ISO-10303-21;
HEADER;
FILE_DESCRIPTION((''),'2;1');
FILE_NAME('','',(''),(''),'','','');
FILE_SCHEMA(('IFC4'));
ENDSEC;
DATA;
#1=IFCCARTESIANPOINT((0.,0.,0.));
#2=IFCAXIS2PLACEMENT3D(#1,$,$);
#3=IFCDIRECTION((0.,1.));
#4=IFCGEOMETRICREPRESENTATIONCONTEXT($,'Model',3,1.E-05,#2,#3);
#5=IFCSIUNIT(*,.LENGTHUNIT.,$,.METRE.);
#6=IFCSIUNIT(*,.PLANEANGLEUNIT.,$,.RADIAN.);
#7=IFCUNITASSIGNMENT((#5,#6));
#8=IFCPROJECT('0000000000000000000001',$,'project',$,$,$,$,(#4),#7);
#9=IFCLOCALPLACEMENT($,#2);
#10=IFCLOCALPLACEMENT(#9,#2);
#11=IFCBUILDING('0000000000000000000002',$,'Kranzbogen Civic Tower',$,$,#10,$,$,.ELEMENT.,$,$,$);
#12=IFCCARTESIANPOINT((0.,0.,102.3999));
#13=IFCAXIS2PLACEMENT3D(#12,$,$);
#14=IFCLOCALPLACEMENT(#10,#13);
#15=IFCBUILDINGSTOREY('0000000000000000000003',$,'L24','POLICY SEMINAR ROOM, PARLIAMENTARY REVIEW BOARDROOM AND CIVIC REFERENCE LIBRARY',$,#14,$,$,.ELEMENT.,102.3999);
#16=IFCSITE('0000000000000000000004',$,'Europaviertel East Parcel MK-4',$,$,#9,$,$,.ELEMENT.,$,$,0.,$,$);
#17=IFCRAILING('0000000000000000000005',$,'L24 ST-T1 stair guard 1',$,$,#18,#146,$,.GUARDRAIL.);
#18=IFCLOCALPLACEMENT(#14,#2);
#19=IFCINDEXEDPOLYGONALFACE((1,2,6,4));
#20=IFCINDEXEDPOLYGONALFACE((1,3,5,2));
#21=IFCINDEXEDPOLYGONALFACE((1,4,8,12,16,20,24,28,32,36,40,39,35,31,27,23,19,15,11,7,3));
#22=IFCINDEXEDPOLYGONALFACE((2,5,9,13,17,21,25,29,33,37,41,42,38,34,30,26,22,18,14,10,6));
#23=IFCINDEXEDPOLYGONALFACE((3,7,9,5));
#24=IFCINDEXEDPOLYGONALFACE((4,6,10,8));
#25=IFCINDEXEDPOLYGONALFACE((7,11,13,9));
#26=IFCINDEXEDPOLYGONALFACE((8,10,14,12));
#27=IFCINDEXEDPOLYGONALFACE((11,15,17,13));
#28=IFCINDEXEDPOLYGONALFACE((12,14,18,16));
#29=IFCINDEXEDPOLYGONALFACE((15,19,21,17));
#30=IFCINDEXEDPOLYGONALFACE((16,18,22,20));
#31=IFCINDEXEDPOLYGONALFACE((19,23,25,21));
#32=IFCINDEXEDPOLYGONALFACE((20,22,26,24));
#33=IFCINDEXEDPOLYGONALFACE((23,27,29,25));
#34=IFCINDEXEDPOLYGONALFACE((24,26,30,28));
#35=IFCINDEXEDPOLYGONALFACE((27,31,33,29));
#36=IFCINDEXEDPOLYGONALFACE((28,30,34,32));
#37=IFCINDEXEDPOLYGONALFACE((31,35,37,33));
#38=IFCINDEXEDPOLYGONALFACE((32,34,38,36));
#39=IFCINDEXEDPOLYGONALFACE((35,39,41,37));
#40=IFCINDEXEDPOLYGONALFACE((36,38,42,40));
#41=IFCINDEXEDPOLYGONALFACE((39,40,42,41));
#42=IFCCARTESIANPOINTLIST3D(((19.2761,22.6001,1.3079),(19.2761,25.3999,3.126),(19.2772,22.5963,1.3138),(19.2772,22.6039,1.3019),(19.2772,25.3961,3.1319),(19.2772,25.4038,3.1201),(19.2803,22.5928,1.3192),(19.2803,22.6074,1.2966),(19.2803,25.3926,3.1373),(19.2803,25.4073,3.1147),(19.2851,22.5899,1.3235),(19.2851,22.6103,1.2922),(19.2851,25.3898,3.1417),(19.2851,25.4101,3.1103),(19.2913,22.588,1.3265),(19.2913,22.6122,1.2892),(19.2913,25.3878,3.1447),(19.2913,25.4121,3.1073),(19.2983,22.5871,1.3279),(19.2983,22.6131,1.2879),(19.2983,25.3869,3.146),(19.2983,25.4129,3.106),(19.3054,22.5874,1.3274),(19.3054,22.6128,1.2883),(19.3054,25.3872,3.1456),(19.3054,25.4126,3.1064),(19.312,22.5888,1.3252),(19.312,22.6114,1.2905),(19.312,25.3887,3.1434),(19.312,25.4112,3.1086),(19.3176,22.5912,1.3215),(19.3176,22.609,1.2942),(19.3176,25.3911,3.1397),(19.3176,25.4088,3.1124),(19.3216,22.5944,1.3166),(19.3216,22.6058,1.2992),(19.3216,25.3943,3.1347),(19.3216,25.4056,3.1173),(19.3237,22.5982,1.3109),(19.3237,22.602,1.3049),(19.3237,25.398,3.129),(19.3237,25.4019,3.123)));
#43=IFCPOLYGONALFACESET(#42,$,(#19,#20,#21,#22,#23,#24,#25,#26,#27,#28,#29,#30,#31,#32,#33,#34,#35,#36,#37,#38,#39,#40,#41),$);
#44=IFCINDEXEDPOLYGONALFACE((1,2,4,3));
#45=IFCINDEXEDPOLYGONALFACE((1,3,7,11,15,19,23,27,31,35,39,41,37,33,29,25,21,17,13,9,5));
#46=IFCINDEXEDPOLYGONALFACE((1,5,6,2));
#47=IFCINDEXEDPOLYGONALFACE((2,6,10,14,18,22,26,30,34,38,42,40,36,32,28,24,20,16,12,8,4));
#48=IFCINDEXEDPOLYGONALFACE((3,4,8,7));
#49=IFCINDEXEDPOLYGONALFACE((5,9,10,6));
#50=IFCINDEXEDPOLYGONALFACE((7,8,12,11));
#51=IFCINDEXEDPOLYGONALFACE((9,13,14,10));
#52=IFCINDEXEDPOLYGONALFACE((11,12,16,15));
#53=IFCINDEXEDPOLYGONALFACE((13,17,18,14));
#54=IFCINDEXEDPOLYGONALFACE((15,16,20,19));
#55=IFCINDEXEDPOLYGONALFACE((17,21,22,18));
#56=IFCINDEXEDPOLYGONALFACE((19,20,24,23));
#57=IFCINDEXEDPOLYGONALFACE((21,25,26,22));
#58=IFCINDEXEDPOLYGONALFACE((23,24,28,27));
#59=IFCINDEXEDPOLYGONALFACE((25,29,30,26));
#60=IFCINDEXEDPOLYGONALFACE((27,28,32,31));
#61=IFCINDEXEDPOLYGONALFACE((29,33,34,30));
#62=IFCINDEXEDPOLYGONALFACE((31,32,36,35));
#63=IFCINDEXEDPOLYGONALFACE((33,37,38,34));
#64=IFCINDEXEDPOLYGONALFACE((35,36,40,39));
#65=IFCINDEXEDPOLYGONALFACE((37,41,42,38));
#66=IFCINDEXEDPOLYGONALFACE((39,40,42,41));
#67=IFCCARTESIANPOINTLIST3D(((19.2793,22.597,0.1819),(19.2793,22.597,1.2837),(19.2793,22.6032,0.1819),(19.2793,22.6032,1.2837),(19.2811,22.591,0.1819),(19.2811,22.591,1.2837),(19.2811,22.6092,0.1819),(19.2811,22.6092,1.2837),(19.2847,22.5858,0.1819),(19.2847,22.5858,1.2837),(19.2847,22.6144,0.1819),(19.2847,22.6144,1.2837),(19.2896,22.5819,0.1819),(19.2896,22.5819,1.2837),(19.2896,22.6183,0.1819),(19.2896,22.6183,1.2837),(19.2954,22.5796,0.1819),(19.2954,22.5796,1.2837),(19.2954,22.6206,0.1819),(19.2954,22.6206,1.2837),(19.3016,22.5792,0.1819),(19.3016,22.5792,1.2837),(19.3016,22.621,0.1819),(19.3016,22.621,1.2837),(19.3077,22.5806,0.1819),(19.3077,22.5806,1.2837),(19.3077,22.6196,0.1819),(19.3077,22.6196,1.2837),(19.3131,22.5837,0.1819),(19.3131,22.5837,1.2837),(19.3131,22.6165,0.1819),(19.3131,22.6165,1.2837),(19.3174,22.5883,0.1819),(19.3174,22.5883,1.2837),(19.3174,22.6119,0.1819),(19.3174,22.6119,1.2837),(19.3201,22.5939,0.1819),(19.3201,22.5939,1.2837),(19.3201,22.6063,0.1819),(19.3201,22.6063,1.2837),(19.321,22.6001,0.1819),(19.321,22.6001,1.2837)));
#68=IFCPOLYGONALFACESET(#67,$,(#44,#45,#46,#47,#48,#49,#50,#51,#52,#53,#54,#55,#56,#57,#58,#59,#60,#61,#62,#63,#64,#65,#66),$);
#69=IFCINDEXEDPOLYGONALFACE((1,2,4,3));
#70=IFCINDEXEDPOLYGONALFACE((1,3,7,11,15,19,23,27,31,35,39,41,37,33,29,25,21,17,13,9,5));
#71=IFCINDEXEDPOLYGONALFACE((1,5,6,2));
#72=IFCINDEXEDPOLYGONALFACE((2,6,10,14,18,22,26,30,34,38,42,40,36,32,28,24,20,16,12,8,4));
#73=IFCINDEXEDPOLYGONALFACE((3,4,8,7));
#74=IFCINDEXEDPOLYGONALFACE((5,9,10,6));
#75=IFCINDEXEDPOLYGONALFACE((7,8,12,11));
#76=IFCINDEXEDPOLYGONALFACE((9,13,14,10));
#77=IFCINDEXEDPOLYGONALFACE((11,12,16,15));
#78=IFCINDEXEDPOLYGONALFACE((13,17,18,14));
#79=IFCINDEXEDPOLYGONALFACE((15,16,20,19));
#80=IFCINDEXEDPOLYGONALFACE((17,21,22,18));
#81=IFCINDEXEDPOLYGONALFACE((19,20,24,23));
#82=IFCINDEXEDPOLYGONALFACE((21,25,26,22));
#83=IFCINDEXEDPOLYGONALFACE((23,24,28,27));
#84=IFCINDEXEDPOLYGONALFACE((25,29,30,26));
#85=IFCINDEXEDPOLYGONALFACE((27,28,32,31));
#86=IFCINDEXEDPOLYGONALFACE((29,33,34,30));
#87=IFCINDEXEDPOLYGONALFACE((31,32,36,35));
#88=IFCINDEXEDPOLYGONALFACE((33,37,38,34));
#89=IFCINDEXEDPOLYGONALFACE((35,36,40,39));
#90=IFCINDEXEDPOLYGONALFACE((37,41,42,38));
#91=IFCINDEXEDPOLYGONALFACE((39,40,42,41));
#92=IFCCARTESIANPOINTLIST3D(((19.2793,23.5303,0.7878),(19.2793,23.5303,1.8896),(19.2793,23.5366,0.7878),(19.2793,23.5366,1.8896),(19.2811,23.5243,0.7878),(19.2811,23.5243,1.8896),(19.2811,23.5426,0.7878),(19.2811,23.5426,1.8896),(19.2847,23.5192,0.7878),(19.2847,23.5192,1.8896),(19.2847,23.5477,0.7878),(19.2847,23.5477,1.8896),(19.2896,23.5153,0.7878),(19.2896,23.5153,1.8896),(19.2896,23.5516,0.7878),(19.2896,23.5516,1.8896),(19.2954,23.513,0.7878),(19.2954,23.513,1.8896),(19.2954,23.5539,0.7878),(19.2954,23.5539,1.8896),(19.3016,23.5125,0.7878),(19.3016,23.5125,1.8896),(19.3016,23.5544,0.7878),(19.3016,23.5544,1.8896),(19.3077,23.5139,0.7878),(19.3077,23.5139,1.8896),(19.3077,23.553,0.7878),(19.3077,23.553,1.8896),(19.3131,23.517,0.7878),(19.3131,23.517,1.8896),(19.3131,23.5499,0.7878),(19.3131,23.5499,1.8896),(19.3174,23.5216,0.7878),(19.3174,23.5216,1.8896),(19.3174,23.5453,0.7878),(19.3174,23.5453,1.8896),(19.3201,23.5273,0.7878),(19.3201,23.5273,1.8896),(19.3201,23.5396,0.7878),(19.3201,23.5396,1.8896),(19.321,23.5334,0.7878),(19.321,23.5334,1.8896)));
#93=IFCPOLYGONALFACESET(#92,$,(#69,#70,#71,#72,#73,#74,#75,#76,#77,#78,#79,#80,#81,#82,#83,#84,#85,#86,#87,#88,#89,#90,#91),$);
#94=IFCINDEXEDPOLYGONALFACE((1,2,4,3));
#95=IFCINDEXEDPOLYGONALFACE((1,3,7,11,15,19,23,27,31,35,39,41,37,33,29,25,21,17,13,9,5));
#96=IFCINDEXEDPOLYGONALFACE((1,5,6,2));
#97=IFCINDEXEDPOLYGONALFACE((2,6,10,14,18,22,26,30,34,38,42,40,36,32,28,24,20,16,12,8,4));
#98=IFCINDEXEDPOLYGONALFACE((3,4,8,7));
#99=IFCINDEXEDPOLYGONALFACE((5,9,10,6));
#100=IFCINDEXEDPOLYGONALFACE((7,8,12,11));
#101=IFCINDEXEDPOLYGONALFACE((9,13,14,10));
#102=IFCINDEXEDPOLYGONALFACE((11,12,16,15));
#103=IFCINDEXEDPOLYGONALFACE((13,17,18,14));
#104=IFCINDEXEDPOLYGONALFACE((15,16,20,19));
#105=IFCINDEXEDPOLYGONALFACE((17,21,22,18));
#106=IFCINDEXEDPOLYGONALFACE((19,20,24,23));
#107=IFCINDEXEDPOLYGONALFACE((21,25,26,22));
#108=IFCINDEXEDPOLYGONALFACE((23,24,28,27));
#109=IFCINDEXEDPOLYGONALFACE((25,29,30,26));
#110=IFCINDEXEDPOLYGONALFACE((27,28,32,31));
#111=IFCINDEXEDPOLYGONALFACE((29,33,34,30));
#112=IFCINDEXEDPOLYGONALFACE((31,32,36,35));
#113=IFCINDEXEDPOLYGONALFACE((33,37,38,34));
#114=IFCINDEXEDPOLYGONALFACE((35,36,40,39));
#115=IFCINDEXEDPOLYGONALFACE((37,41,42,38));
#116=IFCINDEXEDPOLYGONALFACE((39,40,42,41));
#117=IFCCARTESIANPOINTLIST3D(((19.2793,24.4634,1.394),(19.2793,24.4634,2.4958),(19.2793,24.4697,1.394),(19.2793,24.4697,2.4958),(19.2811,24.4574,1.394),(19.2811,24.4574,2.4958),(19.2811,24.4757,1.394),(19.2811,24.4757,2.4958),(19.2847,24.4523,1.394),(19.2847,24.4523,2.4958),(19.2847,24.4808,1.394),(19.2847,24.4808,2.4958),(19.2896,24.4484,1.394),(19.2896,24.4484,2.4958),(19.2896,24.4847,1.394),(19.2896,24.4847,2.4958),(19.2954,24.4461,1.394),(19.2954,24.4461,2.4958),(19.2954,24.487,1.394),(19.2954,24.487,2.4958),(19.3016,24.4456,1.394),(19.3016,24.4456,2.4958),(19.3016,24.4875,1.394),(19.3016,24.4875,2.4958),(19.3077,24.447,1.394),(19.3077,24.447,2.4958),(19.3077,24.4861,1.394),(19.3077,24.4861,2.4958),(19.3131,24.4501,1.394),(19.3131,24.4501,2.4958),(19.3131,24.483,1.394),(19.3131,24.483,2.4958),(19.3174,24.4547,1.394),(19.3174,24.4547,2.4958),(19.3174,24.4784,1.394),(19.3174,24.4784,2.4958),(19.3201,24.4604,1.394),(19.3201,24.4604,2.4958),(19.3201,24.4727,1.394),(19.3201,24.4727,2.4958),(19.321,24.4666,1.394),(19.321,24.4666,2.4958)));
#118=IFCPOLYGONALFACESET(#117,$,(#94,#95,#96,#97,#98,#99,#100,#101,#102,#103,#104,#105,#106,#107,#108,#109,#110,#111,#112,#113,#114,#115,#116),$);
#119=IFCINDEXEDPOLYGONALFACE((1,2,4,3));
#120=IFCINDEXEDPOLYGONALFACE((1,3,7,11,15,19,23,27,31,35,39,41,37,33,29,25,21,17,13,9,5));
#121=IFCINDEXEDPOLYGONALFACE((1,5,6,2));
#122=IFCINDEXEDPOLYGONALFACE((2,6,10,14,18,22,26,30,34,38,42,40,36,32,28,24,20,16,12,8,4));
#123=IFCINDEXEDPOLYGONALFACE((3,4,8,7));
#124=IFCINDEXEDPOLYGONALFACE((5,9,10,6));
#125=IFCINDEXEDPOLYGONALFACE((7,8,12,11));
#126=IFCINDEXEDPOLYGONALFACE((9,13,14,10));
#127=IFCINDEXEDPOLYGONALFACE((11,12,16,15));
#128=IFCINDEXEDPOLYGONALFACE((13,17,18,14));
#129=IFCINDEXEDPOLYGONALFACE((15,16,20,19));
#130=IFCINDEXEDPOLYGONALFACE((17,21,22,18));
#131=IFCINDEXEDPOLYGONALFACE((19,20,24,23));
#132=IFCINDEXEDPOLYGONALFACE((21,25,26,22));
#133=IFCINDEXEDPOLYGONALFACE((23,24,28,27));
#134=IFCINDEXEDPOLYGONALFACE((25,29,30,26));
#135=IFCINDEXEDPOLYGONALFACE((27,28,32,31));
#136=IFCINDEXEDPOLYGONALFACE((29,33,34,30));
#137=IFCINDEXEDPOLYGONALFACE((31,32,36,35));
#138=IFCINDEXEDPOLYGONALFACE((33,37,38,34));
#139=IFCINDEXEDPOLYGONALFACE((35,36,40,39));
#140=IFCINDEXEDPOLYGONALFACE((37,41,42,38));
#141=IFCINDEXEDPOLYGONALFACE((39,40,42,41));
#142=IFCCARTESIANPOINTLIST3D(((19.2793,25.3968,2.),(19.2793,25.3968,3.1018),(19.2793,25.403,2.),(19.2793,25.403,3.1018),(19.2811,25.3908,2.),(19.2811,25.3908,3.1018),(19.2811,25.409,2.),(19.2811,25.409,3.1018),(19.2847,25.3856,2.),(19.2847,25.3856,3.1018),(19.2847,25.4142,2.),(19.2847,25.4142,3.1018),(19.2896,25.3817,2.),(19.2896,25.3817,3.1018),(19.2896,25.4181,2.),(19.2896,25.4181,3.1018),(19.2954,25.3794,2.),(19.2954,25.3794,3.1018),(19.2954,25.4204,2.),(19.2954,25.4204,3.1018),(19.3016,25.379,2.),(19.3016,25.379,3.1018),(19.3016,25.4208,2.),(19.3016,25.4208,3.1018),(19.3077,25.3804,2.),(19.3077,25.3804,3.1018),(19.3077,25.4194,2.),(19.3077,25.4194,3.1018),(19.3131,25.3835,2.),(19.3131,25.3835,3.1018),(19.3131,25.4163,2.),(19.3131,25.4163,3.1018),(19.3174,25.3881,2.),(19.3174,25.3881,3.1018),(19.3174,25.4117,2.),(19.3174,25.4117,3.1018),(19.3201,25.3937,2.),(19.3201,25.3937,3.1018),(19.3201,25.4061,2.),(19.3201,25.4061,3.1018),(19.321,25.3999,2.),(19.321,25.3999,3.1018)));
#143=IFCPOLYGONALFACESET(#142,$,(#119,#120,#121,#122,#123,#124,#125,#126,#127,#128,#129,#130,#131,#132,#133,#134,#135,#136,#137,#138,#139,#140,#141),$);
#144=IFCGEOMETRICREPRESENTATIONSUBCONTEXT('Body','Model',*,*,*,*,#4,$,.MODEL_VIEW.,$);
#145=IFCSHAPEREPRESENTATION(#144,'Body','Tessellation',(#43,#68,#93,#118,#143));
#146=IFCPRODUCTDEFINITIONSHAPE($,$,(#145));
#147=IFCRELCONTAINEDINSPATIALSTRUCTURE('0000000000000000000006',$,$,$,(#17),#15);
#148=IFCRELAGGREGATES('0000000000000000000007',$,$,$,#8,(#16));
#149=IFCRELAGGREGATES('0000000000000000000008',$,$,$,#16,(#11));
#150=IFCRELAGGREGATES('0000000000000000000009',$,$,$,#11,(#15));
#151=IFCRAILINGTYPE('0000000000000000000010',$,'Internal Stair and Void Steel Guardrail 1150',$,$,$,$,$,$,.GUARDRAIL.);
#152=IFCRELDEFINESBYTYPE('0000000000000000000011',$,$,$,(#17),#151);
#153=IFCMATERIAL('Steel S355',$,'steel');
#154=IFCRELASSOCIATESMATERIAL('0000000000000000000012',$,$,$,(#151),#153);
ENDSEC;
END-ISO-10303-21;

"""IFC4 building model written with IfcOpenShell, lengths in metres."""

from ifc_helpers import new_model, si_unit, direction, frame, origin, origin_2d, place, context, subcontext, project, spatial, circle, extrude, material, type_object, element, save


model = new_model("IFC4")

# Units and contexts
model_context = context("Model", 3, precision=1e-05, world=origin(), true_north=direction((0.0, 1.0)))
body_context = subcontext(model_context, "Body", "Model", "MODEL_VIEW")
ifc_project = project(units=[si_unit("LENGTHUNIT", "METRE"), si_unit("PLANEANGLEUNIT", "RADIAN")], contexts=[model_context])

# Site, building, storey
site_placement = place(None, origin())
site = spatial("IfcSite", under=ifc_project, at=site_placement, Name="Europaviertel East Parcel MK-4", CompositionType="ELEMENT", RefElevation=0.0)
building_placement = place(site_placement, origin())
building = spatial("IfcBuilding", under=site, at=building_placement, Name="Kranzbogen Civic Tower", CompositionType="ELEMENT")
storey_placement = place(building_placement, frame((0.0, 0.0, 102.3999)))
storey = spatial("IfcBuildingStorey", under=building, at=storey_placement, Name="L24", Description="POLICY SEMINAR ROOM, PARLIAMENTARY REVIEW BOARDROOM AND CIVIC REFERENCE LIBRARY", CompositionType="ELEMENT", Elevation=102.3999)

# Shared definitions
ifc_material_1 = material(Name="Steel S355", Category="steel")

# Railing
railing_type_1 = type_object("IfcRailingType", Name="Internal Stair and Void Steel Guardrail 1150", PredefinedType="GUARDRAIL", material=ifc_material_1)
railing_1_placement = place(storey_placement, frame((19.3, 22.6001, 0.1819)))
element("IfcRailing", 1, at=railing_1_placement, inside=storey, type_object=railing_type_1, Name="L24 ST-T1 stair guard 1", PredefinedType="GUARDRAIL", context=body_context, shape_type="SweptSolid", body=[
    extrude(circle(Radius=0.0239, at=origin_2d()), frame((0.0, 0.0, 1.126), z_axis=(0.0, 0.838684, 0.544618), x_axis=(-1.0, 0.0, 0.0)), (0.0, 0.0, 1.0), 3.3384),
    extrude(circle(Radius=0.021, at=origin_2d()), origin(), (0.0, 0.0, 1.0), 1.1018),
    extrude(circle(Radius=0.021, at=origin_2d()), frame((0.0, 0.9333, 0.606)), (0.0, 0.0, 1.0), 1.1018),
    extrude(circle(Radius=0.021, at=origin_2d()), frame((0.0, 1.8665, 1.2122)), (0.0, 0.0, 1.0), 1.1018),
    extrude(circle(Radius=0.021, at=origin_2d()), frame((0.0, 2.7998, 1.8181)), (0.0, 0.0, 1.0), 1.1018),
])

save(model, "model.ifc")
